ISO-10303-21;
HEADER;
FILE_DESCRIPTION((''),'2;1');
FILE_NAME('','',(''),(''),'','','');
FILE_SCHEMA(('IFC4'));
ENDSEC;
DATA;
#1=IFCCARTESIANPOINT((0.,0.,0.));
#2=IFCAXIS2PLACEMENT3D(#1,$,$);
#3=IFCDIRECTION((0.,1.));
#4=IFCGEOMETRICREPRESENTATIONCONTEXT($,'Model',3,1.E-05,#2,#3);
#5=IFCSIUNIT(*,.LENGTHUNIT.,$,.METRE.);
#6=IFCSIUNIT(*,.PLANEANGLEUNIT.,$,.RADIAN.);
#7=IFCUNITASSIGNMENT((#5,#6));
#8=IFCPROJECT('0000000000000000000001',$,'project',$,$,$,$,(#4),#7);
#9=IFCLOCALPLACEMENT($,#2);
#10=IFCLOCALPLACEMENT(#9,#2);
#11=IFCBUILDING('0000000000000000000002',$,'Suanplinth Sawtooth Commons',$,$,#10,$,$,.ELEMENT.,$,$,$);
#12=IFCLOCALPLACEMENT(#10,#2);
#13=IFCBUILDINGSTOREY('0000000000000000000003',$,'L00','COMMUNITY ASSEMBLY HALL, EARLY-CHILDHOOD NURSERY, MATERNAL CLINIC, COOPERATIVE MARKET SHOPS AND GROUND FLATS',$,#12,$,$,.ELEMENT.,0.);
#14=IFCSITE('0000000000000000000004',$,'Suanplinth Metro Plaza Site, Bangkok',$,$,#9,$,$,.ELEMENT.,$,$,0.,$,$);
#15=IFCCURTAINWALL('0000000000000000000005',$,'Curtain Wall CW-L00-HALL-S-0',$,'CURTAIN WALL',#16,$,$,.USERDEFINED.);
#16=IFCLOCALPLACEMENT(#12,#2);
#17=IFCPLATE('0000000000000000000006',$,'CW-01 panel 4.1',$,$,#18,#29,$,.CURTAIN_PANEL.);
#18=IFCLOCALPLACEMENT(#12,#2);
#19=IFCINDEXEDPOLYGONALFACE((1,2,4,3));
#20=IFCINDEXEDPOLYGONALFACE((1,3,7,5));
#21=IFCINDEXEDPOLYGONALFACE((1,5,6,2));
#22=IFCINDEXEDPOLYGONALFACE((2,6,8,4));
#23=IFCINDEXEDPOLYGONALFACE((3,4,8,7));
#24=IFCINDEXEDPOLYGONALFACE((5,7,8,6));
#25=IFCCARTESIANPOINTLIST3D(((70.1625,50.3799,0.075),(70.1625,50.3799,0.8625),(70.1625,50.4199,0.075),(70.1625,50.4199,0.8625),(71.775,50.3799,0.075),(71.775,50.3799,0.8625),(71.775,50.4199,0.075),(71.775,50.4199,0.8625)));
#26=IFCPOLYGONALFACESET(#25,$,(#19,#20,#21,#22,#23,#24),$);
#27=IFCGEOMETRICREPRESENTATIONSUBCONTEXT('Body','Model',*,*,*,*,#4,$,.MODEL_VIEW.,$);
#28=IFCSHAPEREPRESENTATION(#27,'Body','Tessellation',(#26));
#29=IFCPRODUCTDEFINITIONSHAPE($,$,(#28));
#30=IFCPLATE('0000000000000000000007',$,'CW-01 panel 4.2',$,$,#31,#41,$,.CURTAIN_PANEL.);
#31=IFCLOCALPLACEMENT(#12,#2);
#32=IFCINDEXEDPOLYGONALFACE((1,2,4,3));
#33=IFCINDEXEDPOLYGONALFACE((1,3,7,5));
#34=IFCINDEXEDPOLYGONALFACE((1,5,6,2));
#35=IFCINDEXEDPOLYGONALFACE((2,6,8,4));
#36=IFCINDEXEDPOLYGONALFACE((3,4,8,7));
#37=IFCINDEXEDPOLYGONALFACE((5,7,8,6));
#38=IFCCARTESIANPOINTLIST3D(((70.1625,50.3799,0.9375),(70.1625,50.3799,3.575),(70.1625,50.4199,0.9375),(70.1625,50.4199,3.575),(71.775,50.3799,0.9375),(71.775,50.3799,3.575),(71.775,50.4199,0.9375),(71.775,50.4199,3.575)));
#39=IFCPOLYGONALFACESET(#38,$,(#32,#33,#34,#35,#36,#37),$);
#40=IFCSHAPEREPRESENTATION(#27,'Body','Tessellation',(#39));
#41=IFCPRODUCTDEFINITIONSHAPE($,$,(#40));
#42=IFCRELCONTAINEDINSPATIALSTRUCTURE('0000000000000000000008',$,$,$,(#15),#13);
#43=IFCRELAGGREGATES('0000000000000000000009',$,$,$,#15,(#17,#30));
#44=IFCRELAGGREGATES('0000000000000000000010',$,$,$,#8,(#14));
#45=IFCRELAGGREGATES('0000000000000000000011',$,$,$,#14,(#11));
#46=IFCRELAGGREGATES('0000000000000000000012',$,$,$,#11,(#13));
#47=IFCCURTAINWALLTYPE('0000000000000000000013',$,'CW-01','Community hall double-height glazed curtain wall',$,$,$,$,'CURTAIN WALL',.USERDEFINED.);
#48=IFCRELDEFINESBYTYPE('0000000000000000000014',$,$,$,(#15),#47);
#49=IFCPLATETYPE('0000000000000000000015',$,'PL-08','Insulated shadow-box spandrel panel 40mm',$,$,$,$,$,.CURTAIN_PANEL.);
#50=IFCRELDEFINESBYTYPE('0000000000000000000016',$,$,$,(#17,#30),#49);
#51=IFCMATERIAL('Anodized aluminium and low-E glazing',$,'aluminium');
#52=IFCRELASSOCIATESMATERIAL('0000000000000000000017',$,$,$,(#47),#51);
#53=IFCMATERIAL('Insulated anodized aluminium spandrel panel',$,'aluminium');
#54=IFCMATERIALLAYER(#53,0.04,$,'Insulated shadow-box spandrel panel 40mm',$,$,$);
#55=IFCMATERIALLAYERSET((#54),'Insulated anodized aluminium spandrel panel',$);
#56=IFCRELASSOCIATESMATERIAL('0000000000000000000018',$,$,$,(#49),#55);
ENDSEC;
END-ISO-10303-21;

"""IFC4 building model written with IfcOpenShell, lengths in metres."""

from ifc_helpers import new_model, si_unit, direction, frame, origin, origin_2d, place, context, subcontext, project, spatial, rectangle, extrude, material, layer, layer_set, type_object, element, aggregate, save


model = new_model("IFC4")

# Units and contexts
model_context = context("Model", 3, precision=1e-05, world=origin(), true_north=direction((0.0, 1.0)))
body_context = subcontext(model_context, "Body", "Model", "MODEL_VIEW")
ifc_project = project(units=[si_unit("LENGTHUNIT", "METRE"), si_unit("PLANEANGLEUNIT", "RADIAN")], contexts=[model_context])

# Site, building, storey
site_placement = place(None, origin())
site = spatial("IfcSite", under=ifc_project, at=site_placement, Name="Suanplinth Metro Plaza Site, Bangkok", CompositionType="ELEMENT", RefElevation=0.0)
building_placement = place(site_placement, origin())
building = spatial("IfcBuilding", under=site, at=building_placement, Name="Suanplinth Sawtooth Commons", CompositionType="ELEMENT")
storey_placement = place(building_placement, origin())
storey = spatial("IfcBuildingStorey", under=building, at=storey_placement, Name="L00", Description="COMMUNITY ASSEMBLY HALL, EARLY-CHILDHOOD NURSERY, MATERNAL CLINIC, COOPERATIVE MARKET SHOPS AND GROUND FLATS", CompositionType="ELEMENT", Elevation=0.0)

# Curtain wall
ifc_material_1 = material(Name="Anodized aluminium and low-E glazing", Category="aluminium")
curtain_wall_type = type_object("IfcCurtainWallType", Name="CW-01", Description="Community hall double-height glazed curtain wall", ElementType="CURTAIN WALL", PredefinedType="USERDEFINED", material=ifc_material_1)
curtain_wall_1_placement = place(storey_placement, origin())
curtain_wall_1 = element("IfcCurtainWall", 1, at=curtain_wall_1_placement, inside=storey, type_object=curtain_wall_type, Name="Curtain Wall CW-L00-HALL-S-0", ObjectType="CURTAIN WALL", PredefinedType="USERDEFINED")

# Plates
ifc_material_2 = material(Name="Insulated anodized aluminium spandrel panel", Category="aluminium")
ifc_layer_1 = layer(ifc_material_2, 0.04, Name="Insulated shadow-box spandrel panel 40mm")
ifc_layer_set_1 = layer_set([ifc_layer_1], Name="Insulated anodized aluminium spandrel panel")
plate_type_1 = type_object("IfcPlateType", Name="PL-08", Description="Insulated shadow-box spandrel panel 40mm", PredefinedType="CURTAIN_PANEL", material=ifc_layer_set_1)
plate_1_placement = place(storey_placement, frame((70.9688, 50.3999, 0.075), z_axis=(0.0, 0.0, 1.0), x_axis=(1.0, 0.0, 0.0)))
plate_1 = element("IfcPlate", 2, at=plate_1_placement, type_object=plate_type_1, Name="CW-01 panel 4.1", PredefinedType="CURTAIN_PANEL", context=body_context, shape_type="SweptSolid", body=[
    extrude(rectangle(XDim=1.6125, YDim=0.04, at=origin_2d()), origin(), (0.0, 0.0, 1.0), 0.7876),
])
plate_2_placement = place(storey_placement, frame((70.9688, 50.3999, 0.9375), z_axis=(0.0, 0.0, 1.0), x_axis=(1.0, 0.0, 0.0)))
plate_2 = element("IfcPlate", 3, at=plate_2_placement, type_object=plate_type_1, Name="CW-01 panel 4.2", PredefinedType="CURTAIN_PANEL", context=body_context, shape_type="SweptSolid", body=[
    extrude(rectangle(XDim=1.6125, YDim=0.04, at=origin_2d()), origin(), (0.0, 0.0, 1.0), 2.6375),
])
aggregate(curtain_wall_1, [plate_1, plate_2])

save(model, "model.ifc")
